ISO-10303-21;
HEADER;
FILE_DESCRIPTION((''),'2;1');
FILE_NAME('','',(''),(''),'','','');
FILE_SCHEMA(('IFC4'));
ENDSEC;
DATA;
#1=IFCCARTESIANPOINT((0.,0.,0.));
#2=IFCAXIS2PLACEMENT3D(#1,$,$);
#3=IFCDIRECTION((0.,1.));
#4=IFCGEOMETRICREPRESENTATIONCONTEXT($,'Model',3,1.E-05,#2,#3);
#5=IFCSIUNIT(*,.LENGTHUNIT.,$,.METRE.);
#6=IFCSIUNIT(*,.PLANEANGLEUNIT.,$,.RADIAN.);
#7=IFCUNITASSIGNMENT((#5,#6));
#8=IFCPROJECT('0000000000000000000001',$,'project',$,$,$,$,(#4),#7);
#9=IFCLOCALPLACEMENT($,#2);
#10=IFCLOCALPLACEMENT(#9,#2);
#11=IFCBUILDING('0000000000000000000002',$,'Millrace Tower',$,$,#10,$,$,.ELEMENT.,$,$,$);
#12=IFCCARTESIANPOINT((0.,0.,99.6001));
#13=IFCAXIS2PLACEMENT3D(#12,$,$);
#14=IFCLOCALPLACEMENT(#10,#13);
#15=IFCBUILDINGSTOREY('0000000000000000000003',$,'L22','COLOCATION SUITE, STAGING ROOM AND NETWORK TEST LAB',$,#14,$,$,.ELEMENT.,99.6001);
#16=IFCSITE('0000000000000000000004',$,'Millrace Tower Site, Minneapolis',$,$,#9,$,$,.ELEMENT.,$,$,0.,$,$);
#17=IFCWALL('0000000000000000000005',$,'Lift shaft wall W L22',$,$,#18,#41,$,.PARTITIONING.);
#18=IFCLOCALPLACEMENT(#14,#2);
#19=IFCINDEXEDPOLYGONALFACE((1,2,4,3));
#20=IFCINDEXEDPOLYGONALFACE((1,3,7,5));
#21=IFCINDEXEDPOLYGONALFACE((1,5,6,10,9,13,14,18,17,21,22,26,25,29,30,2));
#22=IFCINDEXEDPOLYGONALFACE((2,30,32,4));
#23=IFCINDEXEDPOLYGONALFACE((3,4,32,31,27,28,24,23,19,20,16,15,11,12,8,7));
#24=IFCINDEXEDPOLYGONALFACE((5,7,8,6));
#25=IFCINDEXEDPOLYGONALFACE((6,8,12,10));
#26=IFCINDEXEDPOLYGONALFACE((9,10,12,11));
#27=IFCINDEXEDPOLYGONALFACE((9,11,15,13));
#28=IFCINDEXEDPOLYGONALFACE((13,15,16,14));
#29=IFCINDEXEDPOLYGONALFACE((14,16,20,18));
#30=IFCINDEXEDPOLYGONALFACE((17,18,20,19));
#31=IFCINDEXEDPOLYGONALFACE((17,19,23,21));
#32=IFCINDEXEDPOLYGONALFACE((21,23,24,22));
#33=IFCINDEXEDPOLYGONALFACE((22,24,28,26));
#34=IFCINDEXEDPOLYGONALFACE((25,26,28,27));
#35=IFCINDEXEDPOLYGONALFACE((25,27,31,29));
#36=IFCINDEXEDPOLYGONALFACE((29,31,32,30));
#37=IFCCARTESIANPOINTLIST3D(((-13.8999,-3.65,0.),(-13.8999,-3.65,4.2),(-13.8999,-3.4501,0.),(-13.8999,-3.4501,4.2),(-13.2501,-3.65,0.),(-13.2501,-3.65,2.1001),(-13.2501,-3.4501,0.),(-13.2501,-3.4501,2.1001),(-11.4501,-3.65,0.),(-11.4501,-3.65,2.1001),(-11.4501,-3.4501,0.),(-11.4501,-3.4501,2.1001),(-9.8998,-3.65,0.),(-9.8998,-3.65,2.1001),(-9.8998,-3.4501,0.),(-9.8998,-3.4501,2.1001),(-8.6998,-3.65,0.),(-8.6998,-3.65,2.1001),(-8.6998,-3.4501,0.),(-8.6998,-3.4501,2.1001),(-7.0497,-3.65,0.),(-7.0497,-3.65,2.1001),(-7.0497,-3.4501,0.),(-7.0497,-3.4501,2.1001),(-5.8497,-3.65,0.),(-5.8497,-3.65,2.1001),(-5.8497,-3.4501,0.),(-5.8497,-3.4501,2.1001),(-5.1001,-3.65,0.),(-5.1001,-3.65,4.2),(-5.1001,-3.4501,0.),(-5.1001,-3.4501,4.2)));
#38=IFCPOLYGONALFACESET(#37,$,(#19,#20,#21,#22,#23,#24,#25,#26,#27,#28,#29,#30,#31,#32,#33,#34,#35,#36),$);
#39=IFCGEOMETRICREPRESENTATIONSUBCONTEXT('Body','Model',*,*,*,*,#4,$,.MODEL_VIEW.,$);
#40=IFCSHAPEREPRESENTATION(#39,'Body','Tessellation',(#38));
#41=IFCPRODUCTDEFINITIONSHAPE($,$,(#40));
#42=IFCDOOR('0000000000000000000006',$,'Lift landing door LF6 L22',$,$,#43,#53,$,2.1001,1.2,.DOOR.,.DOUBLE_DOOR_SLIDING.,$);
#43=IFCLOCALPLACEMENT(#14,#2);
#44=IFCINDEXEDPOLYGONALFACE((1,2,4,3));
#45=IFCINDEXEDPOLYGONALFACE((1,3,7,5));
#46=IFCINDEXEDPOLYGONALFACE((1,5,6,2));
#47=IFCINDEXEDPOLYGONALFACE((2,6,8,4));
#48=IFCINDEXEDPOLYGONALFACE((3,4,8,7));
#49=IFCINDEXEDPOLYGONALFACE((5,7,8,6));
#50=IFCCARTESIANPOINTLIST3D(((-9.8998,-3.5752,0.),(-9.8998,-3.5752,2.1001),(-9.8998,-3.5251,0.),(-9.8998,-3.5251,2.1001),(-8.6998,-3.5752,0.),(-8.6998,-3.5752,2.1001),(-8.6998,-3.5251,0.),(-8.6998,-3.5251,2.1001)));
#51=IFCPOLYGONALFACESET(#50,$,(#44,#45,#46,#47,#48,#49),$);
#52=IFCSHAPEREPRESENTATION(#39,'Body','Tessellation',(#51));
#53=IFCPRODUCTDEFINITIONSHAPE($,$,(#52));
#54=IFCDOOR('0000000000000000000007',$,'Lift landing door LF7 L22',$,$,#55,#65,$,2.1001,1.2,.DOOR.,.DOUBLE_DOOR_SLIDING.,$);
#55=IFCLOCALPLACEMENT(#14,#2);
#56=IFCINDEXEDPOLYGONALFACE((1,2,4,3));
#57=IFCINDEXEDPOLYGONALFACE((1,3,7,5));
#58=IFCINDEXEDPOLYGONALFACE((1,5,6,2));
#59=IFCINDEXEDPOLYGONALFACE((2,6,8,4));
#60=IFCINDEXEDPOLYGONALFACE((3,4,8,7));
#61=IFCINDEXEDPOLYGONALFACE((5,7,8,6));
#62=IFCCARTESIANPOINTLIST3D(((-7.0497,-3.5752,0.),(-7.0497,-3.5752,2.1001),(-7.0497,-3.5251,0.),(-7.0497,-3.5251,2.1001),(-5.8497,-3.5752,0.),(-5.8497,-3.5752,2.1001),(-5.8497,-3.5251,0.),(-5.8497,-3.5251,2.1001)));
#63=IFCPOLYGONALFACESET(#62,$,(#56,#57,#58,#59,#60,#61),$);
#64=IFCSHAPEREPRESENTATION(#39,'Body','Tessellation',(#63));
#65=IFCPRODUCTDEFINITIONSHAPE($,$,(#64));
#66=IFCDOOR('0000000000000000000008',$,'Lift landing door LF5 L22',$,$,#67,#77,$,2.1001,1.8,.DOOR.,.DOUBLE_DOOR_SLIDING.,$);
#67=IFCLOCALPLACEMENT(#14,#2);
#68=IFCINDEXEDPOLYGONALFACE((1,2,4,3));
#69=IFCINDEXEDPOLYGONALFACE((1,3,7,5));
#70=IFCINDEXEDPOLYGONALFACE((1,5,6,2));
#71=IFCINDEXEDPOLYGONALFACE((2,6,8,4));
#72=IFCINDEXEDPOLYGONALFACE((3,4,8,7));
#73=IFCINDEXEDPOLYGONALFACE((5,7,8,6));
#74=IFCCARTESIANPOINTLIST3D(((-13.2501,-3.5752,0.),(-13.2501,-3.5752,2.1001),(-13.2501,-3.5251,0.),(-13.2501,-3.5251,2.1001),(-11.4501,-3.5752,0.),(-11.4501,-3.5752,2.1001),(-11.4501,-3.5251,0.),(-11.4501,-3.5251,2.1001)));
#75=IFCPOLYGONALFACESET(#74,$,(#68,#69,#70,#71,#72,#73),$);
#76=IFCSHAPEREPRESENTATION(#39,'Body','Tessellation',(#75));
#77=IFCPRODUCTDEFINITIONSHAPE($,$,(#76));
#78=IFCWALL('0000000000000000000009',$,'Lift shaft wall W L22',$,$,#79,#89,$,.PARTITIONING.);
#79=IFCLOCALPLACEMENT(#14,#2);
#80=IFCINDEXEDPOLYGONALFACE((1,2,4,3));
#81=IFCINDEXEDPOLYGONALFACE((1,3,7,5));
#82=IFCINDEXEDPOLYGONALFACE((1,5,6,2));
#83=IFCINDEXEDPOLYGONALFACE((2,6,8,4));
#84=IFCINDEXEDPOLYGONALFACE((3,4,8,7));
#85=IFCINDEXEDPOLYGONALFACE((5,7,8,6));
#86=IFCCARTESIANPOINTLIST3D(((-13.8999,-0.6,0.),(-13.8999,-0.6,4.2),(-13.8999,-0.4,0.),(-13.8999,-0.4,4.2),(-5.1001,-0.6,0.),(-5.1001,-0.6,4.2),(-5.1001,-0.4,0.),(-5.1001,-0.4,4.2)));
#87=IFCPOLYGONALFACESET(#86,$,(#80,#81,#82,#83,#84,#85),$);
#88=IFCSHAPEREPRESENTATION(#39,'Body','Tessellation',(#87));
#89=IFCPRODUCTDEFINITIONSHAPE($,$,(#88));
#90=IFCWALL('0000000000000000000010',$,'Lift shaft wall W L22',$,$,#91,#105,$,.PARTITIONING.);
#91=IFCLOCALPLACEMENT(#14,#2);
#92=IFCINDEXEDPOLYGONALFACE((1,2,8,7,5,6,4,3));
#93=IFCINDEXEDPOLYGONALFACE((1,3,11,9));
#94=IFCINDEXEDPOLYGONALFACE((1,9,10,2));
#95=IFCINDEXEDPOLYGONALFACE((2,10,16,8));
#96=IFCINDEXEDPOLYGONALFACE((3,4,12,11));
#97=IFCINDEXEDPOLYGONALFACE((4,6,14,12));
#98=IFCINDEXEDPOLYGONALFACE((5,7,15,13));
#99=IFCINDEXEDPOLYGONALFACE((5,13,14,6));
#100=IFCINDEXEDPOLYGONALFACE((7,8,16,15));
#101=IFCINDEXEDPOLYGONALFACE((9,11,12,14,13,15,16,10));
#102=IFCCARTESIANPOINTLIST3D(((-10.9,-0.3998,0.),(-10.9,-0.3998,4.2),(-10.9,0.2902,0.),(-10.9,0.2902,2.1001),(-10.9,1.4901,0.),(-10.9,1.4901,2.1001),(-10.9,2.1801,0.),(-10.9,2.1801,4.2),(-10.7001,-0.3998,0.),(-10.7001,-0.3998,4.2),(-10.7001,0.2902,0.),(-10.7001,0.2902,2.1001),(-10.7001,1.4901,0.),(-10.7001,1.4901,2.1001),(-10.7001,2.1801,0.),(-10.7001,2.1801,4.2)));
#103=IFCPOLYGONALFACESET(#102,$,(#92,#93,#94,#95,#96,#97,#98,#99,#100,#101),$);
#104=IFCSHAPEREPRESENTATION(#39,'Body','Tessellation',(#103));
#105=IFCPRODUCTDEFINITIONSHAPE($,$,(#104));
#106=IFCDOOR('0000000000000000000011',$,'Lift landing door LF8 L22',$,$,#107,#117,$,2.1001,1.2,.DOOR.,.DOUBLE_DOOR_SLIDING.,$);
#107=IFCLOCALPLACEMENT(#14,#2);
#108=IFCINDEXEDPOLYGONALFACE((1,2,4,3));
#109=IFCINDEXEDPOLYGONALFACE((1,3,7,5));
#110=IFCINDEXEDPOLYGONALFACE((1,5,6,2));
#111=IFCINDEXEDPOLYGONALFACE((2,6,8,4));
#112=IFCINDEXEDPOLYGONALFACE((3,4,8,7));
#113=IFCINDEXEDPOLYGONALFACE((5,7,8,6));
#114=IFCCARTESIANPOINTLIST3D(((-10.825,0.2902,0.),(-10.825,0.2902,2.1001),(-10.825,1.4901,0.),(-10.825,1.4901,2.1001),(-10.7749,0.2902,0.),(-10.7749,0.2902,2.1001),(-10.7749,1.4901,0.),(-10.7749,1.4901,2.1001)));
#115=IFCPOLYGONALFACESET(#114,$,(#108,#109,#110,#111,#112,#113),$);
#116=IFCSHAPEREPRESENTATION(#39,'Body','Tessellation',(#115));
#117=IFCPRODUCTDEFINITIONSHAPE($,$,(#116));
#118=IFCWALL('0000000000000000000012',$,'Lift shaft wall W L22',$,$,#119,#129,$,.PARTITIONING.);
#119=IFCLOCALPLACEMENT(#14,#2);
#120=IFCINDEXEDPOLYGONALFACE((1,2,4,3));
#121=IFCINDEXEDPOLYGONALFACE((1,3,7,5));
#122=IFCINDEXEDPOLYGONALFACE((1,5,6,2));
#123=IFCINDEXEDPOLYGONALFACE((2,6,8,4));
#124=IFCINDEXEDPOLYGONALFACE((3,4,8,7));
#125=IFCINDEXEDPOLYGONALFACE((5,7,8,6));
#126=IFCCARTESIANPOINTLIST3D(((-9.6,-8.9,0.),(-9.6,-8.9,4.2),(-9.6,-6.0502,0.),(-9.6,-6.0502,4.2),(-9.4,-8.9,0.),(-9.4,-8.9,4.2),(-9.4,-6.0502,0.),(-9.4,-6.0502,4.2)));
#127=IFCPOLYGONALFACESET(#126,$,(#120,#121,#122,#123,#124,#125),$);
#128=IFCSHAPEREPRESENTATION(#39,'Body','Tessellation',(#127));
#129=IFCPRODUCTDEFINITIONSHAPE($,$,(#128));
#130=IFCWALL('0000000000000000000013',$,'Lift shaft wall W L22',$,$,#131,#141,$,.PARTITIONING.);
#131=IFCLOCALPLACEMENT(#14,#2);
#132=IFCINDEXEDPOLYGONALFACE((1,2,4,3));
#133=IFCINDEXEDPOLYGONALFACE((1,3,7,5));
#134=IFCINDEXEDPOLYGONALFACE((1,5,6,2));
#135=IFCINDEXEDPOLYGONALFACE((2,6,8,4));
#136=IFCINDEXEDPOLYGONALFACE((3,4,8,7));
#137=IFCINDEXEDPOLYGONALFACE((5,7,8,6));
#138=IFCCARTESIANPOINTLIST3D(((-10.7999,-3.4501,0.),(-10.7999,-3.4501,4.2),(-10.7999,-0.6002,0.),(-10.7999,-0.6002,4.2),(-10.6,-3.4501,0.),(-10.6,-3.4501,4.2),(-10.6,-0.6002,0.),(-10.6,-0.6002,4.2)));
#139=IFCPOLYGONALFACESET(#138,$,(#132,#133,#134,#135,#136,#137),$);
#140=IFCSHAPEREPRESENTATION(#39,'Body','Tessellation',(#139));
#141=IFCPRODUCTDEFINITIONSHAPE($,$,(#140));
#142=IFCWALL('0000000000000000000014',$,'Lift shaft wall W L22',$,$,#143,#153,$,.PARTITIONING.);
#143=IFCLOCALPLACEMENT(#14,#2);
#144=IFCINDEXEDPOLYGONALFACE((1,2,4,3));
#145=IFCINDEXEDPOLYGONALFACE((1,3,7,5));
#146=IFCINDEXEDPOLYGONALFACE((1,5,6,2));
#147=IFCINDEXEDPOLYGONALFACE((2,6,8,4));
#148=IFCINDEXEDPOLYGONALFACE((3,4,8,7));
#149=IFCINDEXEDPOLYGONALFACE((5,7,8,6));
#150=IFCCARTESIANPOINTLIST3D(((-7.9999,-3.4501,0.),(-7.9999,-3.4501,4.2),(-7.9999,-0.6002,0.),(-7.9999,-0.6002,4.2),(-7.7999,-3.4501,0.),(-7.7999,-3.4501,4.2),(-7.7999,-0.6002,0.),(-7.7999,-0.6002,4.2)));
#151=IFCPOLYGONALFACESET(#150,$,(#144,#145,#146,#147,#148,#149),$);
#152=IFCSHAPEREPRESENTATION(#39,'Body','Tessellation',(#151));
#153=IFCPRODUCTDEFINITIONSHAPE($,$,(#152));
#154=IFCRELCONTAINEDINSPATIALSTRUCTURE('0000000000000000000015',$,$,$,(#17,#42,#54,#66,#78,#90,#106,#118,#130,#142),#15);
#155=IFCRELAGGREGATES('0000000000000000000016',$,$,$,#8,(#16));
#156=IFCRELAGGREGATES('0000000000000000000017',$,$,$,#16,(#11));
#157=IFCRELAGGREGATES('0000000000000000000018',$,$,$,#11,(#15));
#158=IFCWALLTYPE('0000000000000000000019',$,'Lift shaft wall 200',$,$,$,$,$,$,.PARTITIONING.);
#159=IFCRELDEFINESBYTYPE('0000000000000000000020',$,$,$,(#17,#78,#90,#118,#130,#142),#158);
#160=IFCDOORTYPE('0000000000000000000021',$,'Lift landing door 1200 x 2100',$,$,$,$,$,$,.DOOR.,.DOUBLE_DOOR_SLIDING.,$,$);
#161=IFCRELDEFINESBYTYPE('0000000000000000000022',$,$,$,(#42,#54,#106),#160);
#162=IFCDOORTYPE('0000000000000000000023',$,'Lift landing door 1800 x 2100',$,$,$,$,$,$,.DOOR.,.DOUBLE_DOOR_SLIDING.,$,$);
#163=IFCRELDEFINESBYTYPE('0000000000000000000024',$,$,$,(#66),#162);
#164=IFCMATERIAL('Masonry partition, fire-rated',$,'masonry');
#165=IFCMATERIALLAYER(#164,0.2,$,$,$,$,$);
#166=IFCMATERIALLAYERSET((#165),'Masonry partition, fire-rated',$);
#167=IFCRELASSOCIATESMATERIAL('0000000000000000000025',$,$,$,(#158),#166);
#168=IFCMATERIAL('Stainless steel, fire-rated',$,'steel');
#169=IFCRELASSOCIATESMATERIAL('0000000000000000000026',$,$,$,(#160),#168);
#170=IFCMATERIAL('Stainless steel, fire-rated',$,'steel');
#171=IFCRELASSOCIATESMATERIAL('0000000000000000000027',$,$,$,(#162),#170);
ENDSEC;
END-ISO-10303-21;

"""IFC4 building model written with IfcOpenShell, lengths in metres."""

from ifc_helpers import new_model, si_unit, direction, frame, frame_2d, origin, place, context, subcontext, project, spatial, rectangle, extrude, material, layer, layer_set, type_object, element, fill, save


model = new_model("IFC4")

# Units and contexts
model_context = context("Model", 3, precision=1e-05, world=origin(), true_north=direction((0.0, 1.0)))
body_context = subcontext(model_context, "Body", "Model", "MODEL_VIEW")
ifc_project = project(units=[si_unit("LENGTHUNIT", "METRE"), si_unit("PLANEANGLEUNIT", "RADIAN")], contexts=[model_context])

# Site, building, storey
site_placement = place(None, origin())
site = spatial("IfcSite", under=ifc_project, at=site_placement, Name="Millrace Tower Site, Minneapolis", CompositionType="ELEMENT", RefElevation=0.0)
building_placement = place(site_placement, origin())
building = spatial("IfcBuilding", under=site, at=building_placement, Name="Millrace Tower", CompositionType="ELEMENT")
storey_placement = place(building_placement, frame((0.0, 0.0, 99.6001)))
storey = spatial("IfcBuildingStorey", under=building, at=storey_placement, Name="L22", Description="COLOCATION SUITE, STAGING ROOM AND NETWORK TEST LAB", CompositionType="ELEMENT", Elevation=99.6001)

# Shared definitions
ifc_material_1 = material(Name="Masonry partition, fire-rated", Category="masonry")
ifc_layer_1 = layer(ifc_material_1, 0.2)
ifc_layer_set_1 = layer_set([ifc_layer_1], Name="Masonry partition, fire-rated")
wall_type_1 = type_object("IfcWallType", Name="Lift shaft wall 200", PredefinedType="PARTITIONING", material=ifc_layer_set_1)

# Wall, openings, doors
wall_1_placement = place(storey_placement, frame((-13.8999, -3.55, 0.0), z_axis=(0.0, 0.0, 1.0), x_axis=(1.0, 0.0, 0.0)))
wall_1 = element("IfcWall", 1, at=wall_1_placement, inside=storey, type_object=wall_type_1, Name="Lift shaft wall W L22", PredefinedType="PARTITIONING", context=body_context, shape_type="SweptSolid", body=[
    extrude(rectangle(XDim=8.7998, YDim=0.2, at=frame_2d((4.3999, 0.0))), origin(), (0.0, 0.0, 1.0), 4.2),
])
opening_1_placement = place(wall_1_placement, frame((0.6499, 0.0, 0.0)))
opening_1 = element("IfcOpeningElement", 2, at=opening_1_placement, cuts=wall_1, PredefinedType="OPENING", context=body_context, shape_type="SweptSolid", body=[
    extrude(rectangle(XDim=1.8, YDim=2.1001, at=frame_2d((0.8999, 1.05))), frame((0.0, 0.1099, 0.0), z_axis=(0.0, -1.0, 0.0), x_axis=(1.0, 0.0, 0.0)), (0.0, 0.0, 1.0), 0.22),
])
opening_2_placement = place(wall_1_placement, frame((4.0, 0.0, 0.0)))
opening_2 = element("IfcOpeningElement", 3, at=opening_2_placement, cuts=wall_1, PredefinedType="OPENING", context=body_context, shape_type="SweptSolid", body=[
    extrude(rectangle(XDim=1.2, YDim=2.1001, at=frame_2d((0.6001, 1.05))), frame((0.0, 0.1099, 0.0), z_axis=(0.0, -1.0, 0.0), x_axis=(1.0, 0.0, 0.0)), (0.0, 0.0, 1.0), 0.22),
])
opening_3_placement = place(wall_1_placement, frame((6.8501, 0.0, 0.0)))
opening_3 = element("IfcOpeningElement", 4, at=opening_3_placement, cuts=wall_1, PredefinedType="OPENING", context=body_context, shape_type="SweptSolid", body=[
    extrude(rectangle(XDim=1.2, YDim=2.1001, at=frame_2d((0.6001, 1.05))), frame((0.0, 0.1099, 0.0), z_axis=(0.0, -1.0, 0.0), x_axis=(1.0, 0.0, 0.0)), (0.0, 0.0, 1.0), 0.22),
])
ifc_material_2 = material(Name="Stainless steel, fire-rated", Category="steel")
door_type_1 = type_object("IfcDoorType", Name="Lift landing door 1200 x 2100", OperationType="DOUBLE_DOOR_SLIDING", PredefinedType="DOOR", material=ifc_material_2)
door_1_placement = place(opening_2_placement, origin())
door_1 = element("IfcDoor", 5, at=door_1_placement, inside=storey, type_object=door_type_1, Name="Lift landing door LF6 L22", OperationType="DOUBLE_DOOR_SLIDING", OverallHeight=2.1001, OverallWidth=1.2, PredefinedType="DOOR", context=body_context, shape_type="SweptSolid", body=[
    extrude(rectangle(XDim=1.2, YDim=2.1001, at=frame_2d((0.6001, 1.05))), frame((0.0, 0.0249, 0.0), z_axis=(0.0, -1.0, 0.0), x_axis=(1.0, 0.0, 0.0)), (0.0, 0.0, 1.0), 0.05),
])
fill(opening_2, door_1)
door_2_placement = place(opening_3_placement, origin())
door_2 = element("IfcDoor", 6, at=door_2_placement, inside=storey, type_object=door_type_1, Name="Lift landing door LF7 L22", OperationType="DOUBLE_DOOR_SLIDING", OverallHeight=2.1001, OverallWidth=1.2, PredefinedType="DOOR", context=body_context, shape_type="SweptSolid", body=[
    extrude(rectangle(XDim=1.2, YDim=2.1001, at=frame_2d((0.6001, 1.05))), frame((0.0, 0.0249, 0.0), z_axis=(0.0, -1.0, 0.0), x_axis=(1.0, 0.0, 0.0)), (0.0, 0.0, 1.0), 0.05),
])
fill(opening_3, door_2)
ifc_material_3 = material(Name="Stainless steel, fire-rated", Category="steel")
door_type_2 = type_object("IfcDoorType", Name="Lift landing door 1800 x 2100", OperationType="DOUBLE_DOOR_SLIDING", PredefinedType="DOOR", material=ifc_material_3)
door_3_placement = place(opening_1_placement, origin())
door_3 = element("IfcDoor", 7, at=door_3_placement, inside=storey, type_object=door_type_2, Name="Lift landing door LF5 L22", OperationType="DOUBLE_DOOR_SLIDING", OverallHeight=2.1001, OverallWidth=1.8, PredefinedType="DOOR", context=body_context, shape_type="SweptSolid", body=[
    extrude(rectangle(XDim=1.8, YDim=2.1001, at=frame_2d((0.8999, 1.05))), frame((0.0, 0.0249, 0.0), z_axis=(0.0, -1.0, 0.0), x_axis=(1.0, 0.0, 0.0)), (0.0, 0.0, 1.0), 0.05),
])
fill(opening_1, door_3)

# Wall
wall_2_placement = place(storey_placement, frame((-13.8999, -0.5, 0.0), z_axis=(0.0, 0.0, 1.0), x_axis=(1.0, 0.0, 0.0)))
element("IfcWall", 8, at=wall_2_placement, inside=storey, type_object=wall_type_1, Name="Lift shaft wall W L22", PredefinedType="PARTITIONING", context=body_context, shape_type="SweptSolid", body=[
    extrude(rectangle(XDim=8.7998, YDim=0.2, at=frame_2d((4.3999, 0.0))), origin(), (0.0, 0.0, 1.0), 4.2),
])

# Wall, opening, door
wall_3_placement = place(storey_placement, frame((-10.8, -0.3999, 0.0), z_axis=(0.0, 0.0, 1.0), x_axis=(0.0, 1.0, 0.0)))
wall_3 = element("IfcWall", 9, at=wall_3_placement, inside=storey, type_object=wall_type_1, Name="Lift shaft wall W L22", PredefinedType="PARTITIONING", context=body_context, shape_type="SweptSolid", body=[
    extrude(rectangle(XDim=2.5798, YDim=0.2, at=frame_2d((1.29, 0.0))), origin(), (0.0, 0.0, 1.0), 4.2),
])
opening_4_placement = place(wall_3_placement, frame((0.6899, 0.0, 0.0)))
opening_4 = element("IfcOpeningElement", 10, at=opening_4_placement, cuts=wall_3, PredefinedType="OPENING", context=body_context, shape_type="SweptSolid", body=[
    extrude(rectangle(XDim=1.2, YDim=2.1001, at=frame_2d((0.6001, 1.05))), frame((0.0, 0.1099, 0.0), z_axis=(0.0, -1.0, 0.0), x_axis=(1.0, 0.0, 0.0)), (0.0, 0.0, 1.0), 0.22),
])
door_4_placement = place(opening_4_placement, origin())
door_4 = element("IfcDoor", 11, at=door_4_placement, inside=storey, type_object=door_type_1, Name="Lift landing door LF8 L22", OperationType="DOUBLE_DOOR_SLIDING", OverallHeight=2.1001, OverallWidth=1.2, PredefinedType="DOOR", context=body_context, shape_type="SweptSolid", body=[
    extrude(rectangle(XDim=1.2, YDim=2.1001, at=frame_2d((0.6001, 1.05))), frame((0.0, 0.0249, 0.0), z_axis=(0.0, -1.0, 0.0), x_axis=(1.0, 0.0, 0.0)), (0.0, 0.0, 1.0), 0.05),
])
fill(opening_4, door_4)

# Walls
for number, where, z_axis, x_axis, name in (
    (12, (-9.5, -8.8999, 0.0), (0.0, 0.0, 1.0), (0.0, 1.0, 0.0), "Lift shaft wall W L22"),
    (13, (-10.7, -3.45, 0.0), (0.0, 0.0, 1.0), (0.0, 1.0, 0.0), "Lift shaft wall W L22"),
    (14, (-7.8999, -3.45, 0.0), (0.0, 0.0, 1.0), (0.0, 1.0, 0.0), "Lift shaft wall W L22"),
):
    element("IfcWall", number, at=place(storey_placement, frame(where, z_axis=z_axis, x_axis=x_axis)), inside=storey, type_object=wall_type_1, Name=name, PredefinedType="PARTITIONING", context=body_context, shape_type="SweptSolid", body=[
        extrude(rectangle(XDim=2.8499, YDim=0.2, at=frame_2d((1.4248, 0.0))), origin(), (0.0, 0.0, 1.0), 4.2),
    ])

save(model, "model.ifc")
